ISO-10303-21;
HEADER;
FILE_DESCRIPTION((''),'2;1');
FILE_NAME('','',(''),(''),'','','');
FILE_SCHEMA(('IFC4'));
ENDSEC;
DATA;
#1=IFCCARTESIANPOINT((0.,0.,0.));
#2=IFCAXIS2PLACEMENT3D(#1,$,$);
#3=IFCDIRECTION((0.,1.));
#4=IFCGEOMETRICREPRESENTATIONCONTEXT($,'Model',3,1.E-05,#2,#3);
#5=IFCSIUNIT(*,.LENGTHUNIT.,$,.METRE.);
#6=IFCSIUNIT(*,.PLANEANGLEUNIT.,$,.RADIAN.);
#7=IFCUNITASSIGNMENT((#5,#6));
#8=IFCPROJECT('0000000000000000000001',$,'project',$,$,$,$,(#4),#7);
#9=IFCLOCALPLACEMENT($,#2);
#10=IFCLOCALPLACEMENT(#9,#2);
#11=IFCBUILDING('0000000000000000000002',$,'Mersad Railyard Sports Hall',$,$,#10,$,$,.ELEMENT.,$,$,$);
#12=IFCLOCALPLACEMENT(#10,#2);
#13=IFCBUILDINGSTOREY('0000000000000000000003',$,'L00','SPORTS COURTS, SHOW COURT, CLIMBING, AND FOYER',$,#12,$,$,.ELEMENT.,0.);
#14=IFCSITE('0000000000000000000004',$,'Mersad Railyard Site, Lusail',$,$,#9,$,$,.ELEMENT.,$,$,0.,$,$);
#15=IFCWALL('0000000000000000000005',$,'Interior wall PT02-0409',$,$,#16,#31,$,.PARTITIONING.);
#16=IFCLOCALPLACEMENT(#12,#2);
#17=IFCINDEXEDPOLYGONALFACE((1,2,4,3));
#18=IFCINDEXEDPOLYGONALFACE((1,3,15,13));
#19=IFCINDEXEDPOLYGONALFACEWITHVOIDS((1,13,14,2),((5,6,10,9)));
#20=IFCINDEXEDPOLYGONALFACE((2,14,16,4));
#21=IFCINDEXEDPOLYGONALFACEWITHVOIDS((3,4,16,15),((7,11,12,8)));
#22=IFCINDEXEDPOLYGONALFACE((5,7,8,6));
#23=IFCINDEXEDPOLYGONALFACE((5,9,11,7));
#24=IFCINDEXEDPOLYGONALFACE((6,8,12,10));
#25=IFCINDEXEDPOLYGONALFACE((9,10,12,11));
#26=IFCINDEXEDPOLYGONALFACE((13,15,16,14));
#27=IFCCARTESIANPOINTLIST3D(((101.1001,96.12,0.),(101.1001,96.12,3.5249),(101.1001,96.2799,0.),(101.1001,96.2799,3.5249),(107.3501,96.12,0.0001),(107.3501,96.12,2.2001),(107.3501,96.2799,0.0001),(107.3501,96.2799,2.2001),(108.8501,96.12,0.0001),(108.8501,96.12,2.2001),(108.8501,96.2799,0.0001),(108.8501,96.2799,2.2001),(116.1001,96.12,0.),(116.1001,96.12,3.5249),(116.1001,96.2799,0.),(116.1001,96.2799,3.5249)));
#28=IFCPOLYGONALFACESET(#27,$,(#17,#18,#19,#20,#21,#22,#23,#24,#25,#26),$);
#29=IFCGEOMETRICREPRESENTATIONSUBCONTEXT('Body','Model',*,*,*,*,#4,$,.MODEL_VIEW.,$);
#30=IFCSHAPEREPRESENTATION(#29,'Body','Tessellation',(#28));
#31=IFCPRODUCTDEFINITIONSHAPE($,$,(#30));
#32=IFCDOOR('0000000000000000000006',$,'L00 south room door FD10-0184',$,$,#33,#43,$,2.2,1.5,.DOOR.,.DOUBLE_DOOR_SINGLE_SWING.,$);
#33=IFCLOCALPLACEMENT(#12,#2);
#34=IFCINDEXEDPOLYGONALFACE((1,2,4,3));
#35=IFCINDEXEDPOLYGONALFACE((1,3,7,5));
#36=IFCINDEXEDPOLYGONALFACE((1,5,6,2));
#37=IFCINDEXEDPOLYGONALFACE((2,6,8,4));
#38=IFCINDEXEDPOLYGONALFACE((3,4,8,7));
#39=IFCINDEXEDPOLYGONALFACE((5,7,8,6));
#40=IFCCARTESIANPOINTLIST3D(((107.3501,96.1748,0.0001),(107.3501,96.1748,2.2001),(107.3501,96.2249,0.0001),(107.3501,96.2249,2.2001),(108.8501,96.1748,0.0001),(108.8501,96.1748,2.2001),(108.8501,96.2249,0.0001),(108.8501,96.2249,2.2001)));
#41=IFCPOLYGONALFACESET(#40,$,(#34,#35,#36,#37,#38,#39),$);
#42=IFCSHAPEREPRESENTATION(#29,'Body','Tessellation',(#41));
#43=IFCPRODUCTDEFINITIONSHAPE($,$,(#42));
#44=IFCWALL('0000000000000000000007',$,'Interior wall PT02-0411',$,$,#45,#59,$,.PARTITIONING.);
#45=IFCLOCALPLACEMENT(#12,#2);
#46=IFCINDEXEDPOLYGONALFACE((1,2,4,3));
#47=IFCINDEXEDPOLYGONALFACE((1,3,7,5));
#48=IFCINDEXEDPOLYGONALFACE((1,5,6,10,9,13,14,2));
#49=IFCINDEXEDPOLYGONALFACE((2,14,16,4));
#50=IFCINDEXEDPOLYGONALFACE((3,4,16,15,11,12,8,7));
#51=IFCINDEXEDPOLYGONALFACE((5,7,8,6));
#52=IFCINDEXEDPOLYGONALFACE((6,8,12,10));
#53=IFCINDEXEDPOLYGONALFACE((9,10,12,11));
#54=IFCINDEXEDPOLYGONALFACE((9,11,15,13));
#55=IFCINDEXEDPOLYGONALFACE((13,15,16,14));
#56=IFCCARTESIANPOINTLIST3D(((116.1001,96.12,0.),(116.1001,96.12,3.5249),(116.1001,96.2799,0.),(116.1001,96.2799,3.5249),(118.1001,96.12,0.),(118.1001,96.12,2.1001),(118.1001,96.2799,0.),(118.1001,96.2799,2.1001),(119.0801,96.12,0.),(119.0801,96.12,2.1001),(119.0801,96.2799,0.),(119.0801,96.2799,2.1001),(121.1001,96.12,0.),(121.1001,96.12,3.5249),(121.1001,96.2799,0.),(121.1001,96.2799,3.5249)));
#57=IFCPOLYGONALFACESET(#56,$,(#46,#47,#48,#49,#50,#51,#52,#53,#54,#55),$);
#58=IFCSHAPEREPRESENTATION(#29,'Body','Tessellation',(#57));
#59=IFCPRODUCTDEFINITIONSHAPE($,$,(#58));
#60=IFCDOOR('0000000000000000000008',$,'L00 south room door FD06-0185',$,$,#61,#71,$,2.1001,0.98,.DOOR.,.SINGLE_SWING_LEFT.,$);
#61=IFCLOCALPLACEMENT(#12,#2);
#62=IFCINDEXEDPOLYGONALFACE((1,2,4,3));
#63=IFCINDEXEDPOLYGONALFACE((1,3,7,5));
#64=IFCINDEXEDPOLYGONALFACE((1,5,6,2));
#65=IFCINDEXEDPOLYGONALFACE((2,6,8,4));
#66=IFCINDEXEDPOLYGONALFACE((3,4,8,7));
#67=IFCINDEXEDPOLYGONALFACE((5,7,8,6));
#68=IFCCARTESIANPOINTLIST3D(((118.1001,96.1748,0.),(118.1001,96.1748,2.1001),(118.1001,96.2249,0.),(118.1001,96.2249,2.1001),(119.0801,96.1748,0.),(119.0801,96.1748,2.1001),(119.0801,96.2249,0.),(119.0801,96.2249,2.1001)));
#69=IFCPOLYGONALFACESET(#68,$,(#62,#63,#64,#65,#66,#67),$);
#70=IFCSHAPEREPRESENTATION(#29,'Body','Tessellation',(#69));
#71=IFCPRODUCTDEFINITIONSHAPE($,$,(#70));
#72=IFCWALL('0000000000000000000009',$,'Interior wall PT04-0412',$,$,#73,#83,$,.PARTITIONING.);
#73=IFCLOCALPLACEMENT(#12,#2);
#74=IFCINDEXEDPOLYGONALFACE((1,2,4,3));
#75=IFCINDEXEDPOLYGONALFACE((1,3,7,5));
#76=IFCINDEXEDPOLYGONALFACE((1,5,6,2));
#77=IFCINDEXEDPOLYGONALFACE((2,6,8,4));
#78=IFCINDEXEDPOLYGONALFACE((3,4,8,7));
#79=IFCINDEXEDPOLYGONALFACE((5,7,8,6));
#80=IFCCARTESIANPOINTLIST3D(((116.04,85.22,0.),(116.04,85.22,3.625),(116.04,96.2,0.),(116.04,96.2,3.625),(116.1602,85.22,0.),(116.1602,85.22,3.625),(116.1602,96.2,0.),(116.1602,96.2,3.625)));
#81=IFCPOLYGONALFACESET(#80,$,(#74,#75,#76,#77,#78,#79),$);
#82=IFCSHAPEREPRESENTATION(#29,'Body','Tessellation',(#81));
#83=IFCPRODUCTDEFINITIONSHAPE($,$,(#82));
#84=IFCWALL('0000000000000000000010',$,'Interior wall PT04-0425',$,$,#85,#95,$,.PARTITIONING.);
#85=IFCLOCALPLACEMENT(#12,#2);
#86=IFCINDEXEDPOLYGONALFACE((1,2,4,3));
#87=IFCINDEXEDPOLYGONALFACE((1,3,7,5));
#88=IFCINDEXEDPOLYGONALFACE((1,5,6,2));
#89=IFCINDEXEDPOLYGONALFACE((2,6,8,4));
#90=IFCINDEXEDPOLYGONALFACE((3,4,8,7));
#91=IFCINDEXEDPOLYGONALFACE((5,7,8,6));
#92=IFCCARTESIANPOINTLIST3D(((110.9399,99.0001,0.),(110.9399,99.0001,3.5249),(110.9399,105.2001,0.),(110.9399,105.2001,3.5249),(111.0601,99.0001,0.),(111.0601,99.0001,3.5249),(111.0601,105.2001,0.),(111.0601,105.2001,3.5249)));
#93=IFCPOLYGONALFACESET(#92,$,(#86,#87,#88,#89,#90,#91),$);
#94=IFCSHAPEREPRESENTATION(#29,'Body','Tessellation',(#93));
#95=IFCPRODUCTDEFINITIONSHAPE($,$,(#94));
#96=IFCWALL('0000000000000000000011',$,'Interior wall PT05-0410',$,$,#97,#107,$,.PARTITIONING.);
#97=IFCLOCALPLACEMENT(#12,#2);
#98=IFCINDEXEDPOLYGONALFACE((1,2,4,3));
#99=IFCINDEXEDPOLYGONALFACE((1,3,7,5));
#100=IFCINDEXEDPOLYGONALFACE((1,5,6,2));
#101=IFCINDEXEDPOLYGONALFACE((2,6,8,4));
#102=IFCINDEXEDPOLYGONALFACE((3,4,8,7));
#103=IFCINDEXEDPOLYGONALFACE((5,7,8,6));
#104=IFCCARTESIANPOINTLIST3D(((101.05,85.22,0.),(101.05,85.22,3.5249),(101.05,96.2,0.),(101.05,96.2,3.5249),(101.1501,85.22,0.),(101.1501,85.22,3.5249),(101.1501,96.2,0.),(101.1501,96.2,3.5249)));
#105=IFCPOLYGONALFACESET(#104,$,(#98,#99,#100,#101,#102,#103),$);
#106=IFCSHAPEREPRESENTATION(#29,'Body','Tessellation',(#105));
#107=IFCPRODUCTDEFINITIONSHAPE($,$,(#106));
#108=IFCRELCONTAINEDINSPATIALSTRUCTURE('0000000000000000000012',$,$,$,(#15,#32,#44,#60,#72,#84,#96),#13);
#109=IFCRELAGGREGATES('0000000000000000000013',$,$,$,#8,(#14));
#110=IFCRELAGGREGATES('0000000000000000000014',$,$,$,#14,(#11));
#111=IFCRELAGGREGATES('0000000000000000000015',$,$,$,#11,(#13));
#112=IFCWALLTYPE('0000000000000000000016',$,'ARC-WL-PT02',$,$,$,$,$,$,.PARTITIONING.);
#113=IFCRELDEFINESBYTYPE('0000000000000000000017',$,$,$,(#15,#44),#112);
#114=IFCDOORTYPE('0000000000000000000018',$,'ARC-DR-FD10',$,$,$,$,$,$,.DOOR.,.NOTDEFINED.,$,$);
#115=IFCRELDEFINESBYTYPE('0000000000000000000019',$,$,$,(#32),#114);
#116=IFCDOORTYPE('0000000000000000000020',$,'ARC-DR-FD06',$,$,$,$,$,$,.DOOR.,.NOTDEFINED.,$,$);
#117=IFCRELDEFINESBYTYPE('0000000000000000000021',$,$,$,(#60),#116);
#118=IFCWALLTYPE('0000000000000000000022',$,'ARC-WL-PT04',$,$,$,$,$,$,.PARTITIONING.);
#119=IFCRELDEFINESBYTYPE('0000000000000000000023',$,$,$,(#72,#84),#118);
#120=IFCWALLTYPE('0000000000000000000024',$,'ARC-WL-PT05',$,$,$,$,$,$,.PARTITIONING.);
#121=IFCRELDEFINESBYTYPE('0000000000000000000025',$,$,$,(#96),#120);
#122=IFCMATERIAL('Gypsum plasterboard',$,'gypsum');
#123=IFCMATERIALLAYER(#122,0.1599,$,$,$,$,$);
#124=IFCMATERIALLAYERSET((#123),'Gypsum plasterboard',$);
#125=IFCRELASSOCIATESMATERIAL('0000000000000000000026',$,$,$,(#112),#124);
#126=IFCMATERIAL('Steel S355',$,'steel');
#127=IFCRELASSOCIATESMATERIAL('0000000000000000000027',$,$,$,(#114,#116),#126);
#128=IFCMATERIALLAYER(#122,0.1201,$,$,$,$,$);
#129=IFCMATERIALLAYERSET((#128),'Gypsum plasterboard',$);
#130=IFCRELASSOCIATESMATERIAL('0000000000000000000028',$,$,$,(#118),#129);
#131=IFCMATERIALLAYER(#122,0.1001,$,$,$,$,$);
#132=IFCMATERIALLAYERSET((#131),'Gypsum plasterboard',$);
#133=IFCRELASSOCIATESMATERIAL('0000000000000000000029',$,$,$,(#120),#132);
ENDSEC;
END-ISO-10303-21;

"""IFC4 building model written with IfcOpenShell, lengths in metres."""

from ifc_helpers import new_model, si_unit, direction, frame, frame_2d, origin, place, context, subcontext, project, spatial, rectangle, extrude, material, layer, layer_set, type_object, element, fill, save


model = new_model("IFC4")

# Units and contexts
model_context = context("Model", 3, precision=1e-05, world=origin(), true_north=direction((0.0, 1.0)))
body_context = subcontext(model_context, "Body", "Model", "MODEL_VIEW")
ifc_project = project(units=[si_unit("LENGTHUNIT", "METRE"), si_unit("PLANEANGLEUNIT", "RADIAN")], contexts=[model_context])

# Site, building, storey
site_placement = place(None, origin())
site = spatial("IfcSite", under=ifc_project, at=site_placement, Name="Mersad Railyard Site, Lusail", CompositionType="ELEMENT", RefElevation=0.0)
building_placement = place(site_placement, origin())
building = spatial("IfcBuilding", under=site, at=building_placement, Name="Mersad Railyard Sports Hall", CompositionType="ELEMENT")
storey_placement = place(building_placement, origin())
storey = spatial("IfcBuildingStorey", under=building, at=storey_placement, Name="L00", Description="SPORTS COURTS, SHOW COURT, CLIMBING, AND FOYER", CompositionType="ELEMENT", Elevation=0.0)

# Walls, openings, doors
ifc_material_1 = material(Name="Gypsum plasterboard", Category="gypsum")
ifc_layer_1 = layer(ifc_material_1, 0.1599)
ifc_layer_set_1 = layer_set([ifc_layer_1], Name="Gypsum plasterboard")
wall_type_1 = type_object("IfcWallType", Name="ARC-WL-PT02", PredefinedType="PARTITIONING", material=ifc_layer_set_1)
wall_1_placement = place(storey_placement, frame((101.1001, 96.2, 0.0), z_axis=(0.0, 0.0, 1.0), x_axis=(1.0, 0.0, 0.0)))
wall_1 = element("IfcWall", 1, at=wall_1_placement, inside=storey, type_object=wall_type_1, Name="Interior wall PT02-0409", PredefinedType="PARTITIONING", context=body_context, shape_type="SweptSolid", body=[
    extrude(rectangle(XDim=15.0, YDim=0.1599, at=frame_2d((7.5, 0.0))), origin(), (0.0, 0.0, 1.0), 3.5249),
])
opening_1_placement = place(wall_1_placement, frame((6.25, 0.0, 0.0)))
opening_1 = element("IfcOpeningElement", 2, at=opening_1_placement, cuts=wall_1, PredefinedType="OPENING", context=body_context, shape_type="SweptSolid", body=[
    extrude(rectangle(XDim=1.5, YDim=2.2, at=frame_2d((0.75, 1.1001))), frame((0.0, 0.0898, 0.0), z_axis=(0.0, -1.0, 0.0), x_axis=(1.0, 0.0, 0.0)), (0.0, 0.0, 1.0), 0.1799),
])
ifc_material_2 = material(Name="Steel S355", Category="steel")
door_type_1 = type_object("IfcDoorType", Name="ARC-DR-FD10", OperationType="NOTDEFINED", PredefinedType="DOOR", material=ifc_material_2)
door_1_placement = place(opening_1_placement, origin())
door_1 = element("IfcDoor", 3, at=door_1_placement, inside=storey, type_object=door_type_1, Name="L00 south room door FD10-0184", OperationType="DOUBLE_DOOR_SINGLE_SWING", OverallHeight=2.2, OverallWidth=1.5, PredefinedType="DOOR", context=body_context, shape_type="SweptSolid", body=[
    extrude(rectangle(XDim=1.5, YDim=2.2, at=frame_2d((0.75, 1.1001))), frame((0.0, 0.0249, 0.0), z_axis=(0.0, -1.0, 0.0), x_axis=(1.0, 0.0, 0.0)), (0.0, 0.0, 1.0), 0.05),
])
fill(opening_1, door_1)
wall_2_placement = place(storey_placement, frame((116.1001, 96.2, 0.0), z_axis=(0.0, 0.0, 1.0), x_axis=(1.0, 0.0, 0.0)))
wall_2 = element("IfcWall", 4, at=wall_2_placement, inside=storey, type_object=wall_type_1, Name="Interior wall PT02-0411", PredefinedType="PARTITIONING", context=body_context, shape_type="SweptSolid", body=[
    extrude(rectangle(XDim=5.0, YDim=0.1599, at=frame_2d((2.5, 0.0))), origin(), (0.0, 0.0, 1.0), 3.5249),
])
opening_2_placement = place(wall_2_placement, frame((2.0, 0.0, 0.0)))
opening_2 = element("IfcOpeningElement", 5, at=opening_2_placement, cuts=wall_2, PredefinedType="OPENING", context=body_context, shape_type="SweptSolid", body=[
    extrude(rectangle(XDim=0.98, YDim=2.1001, at=frame_2d((0.49, 1.05))), frame((0.0, 0.0898, 0.0), z_axis=(0.0, -1.0, 0.0), x_axis=(1.0, 0.0, 0.0)), (0.0, 0.0, 1.0), 0.1799),
])
door_type_2 = type_object("IfcDoorType", Name="ARC-DR-FD06", OperationType="NOTDEFINED", PredefinedType="DOOR", material=ifc_material_2)
door_2_placement = place(opening_2_placement, origin())
door_2 = element("IfcDoor", 6, at=door_2_placement, inside=storey, type_object=door_type_2, Name="L00 south room door FD06-0185", OperationType="SINGLE_SWING_LEFT", OverallHeight=2.1001, OverallWidth=0.98, PredefinedType="DOOR", context=body_context, shape_type="SweptSolid", body=[
    extrude(rectangle(XDim=0.98, YDim=2.1001, at=frame_2d((0.49, 1.05))), frame((0.0, 0.0249, 0.0), z_axis=(0.0, -1.0, 0.0), x_axis=(1.0, 0.0, 0.0)), (0.0, 0.0, 1.0), 0.05),
])
fill(opening_2, door_2)

# Walls
ifc_layer_2 = layer(ifc_material_1, 0.1201)
ifc_layer_set_2 = layer_set([ifc_layer_2], Name="Gypsum plasterboard")
wall_type_2 = type_object("IfcWallType", Name="ARC-WL-PT04", PredefinedType="PARTITIONING", material=ifc_layer_set_2)
wall_3_placement = place(storey_placement, frame((116.1001, 85.22, 0.0), z_axis=(0.0, 0.0, 1.0), x_axis=(0.0, 1.0, 0.0)))
element("IfcWall", 7, at=wall_3_placement, inside=storey, type_object=wall_type_2, Name="Interior wall PT04-0412", PredefinedType="PARTITIONING", context=body_context, shape_type="SweptSolid", body=[
    extrude(rectangle(XDim=10.98, YDim=0.1201, at=frame_2d((5.49, 0.0))), origin(), (0.0, 0.0, 1.0), 3.625),
])
wall_4_placement = place(storey_placement, frame((111.0, 99.0, 0.0), z_axis=(0.0, 0.0, 1.0), x_axis=(0.0, 1.0, 0.0)))
element("IfcWall", 8, at=wall_4_placement, inside=storey, type_object=wall_type_2, Name="Interior wall PT04-0425", PredefinedType="PARTITIONING", context=body_context, shape_type="SweptSolid", body=[
    extrude(rectangle(XDim=6.2, YDim=0.1201, at=frame_2d((3.1001, 0.0))), origin(), (0.0, 0.0, 1.0), 3.5249),
])
ifc_layer_3 = layer(ifc_material_1, 0.1001)
ifc_layer_set_3 = layer_set([ifc_layer_3], Name="Gypsum plasterboard")
wall_type_3 = type_object("IfcWallType", Name="ARC-WL-PT05", PredefinedType="PARTITIONING", material=ifc_layer_set_3)
wall_5_placement = place(storey_placement, frame((101.1001, 85.22, 0.0), z_axis=(0.0, 0.0, 1.0), x_axis=(0.0, 1.0, 0.0)))
element("IfcWall", 9, at=wall_5_placement, inside=storey, type_object=wall_type_3, Name="Interior wall PT05-0410", PredefinedType="PARTITIONING", context=body_context, shape_type="SweptSolid", body=[
    extrude(rectangle(XDim=10.98, YDim=0.1001, at=frame_2d((5.49, 0.0))), origin(), (0.0, 0.0, 1.0), 3.5249),
])

save(model, "model.ifc")
